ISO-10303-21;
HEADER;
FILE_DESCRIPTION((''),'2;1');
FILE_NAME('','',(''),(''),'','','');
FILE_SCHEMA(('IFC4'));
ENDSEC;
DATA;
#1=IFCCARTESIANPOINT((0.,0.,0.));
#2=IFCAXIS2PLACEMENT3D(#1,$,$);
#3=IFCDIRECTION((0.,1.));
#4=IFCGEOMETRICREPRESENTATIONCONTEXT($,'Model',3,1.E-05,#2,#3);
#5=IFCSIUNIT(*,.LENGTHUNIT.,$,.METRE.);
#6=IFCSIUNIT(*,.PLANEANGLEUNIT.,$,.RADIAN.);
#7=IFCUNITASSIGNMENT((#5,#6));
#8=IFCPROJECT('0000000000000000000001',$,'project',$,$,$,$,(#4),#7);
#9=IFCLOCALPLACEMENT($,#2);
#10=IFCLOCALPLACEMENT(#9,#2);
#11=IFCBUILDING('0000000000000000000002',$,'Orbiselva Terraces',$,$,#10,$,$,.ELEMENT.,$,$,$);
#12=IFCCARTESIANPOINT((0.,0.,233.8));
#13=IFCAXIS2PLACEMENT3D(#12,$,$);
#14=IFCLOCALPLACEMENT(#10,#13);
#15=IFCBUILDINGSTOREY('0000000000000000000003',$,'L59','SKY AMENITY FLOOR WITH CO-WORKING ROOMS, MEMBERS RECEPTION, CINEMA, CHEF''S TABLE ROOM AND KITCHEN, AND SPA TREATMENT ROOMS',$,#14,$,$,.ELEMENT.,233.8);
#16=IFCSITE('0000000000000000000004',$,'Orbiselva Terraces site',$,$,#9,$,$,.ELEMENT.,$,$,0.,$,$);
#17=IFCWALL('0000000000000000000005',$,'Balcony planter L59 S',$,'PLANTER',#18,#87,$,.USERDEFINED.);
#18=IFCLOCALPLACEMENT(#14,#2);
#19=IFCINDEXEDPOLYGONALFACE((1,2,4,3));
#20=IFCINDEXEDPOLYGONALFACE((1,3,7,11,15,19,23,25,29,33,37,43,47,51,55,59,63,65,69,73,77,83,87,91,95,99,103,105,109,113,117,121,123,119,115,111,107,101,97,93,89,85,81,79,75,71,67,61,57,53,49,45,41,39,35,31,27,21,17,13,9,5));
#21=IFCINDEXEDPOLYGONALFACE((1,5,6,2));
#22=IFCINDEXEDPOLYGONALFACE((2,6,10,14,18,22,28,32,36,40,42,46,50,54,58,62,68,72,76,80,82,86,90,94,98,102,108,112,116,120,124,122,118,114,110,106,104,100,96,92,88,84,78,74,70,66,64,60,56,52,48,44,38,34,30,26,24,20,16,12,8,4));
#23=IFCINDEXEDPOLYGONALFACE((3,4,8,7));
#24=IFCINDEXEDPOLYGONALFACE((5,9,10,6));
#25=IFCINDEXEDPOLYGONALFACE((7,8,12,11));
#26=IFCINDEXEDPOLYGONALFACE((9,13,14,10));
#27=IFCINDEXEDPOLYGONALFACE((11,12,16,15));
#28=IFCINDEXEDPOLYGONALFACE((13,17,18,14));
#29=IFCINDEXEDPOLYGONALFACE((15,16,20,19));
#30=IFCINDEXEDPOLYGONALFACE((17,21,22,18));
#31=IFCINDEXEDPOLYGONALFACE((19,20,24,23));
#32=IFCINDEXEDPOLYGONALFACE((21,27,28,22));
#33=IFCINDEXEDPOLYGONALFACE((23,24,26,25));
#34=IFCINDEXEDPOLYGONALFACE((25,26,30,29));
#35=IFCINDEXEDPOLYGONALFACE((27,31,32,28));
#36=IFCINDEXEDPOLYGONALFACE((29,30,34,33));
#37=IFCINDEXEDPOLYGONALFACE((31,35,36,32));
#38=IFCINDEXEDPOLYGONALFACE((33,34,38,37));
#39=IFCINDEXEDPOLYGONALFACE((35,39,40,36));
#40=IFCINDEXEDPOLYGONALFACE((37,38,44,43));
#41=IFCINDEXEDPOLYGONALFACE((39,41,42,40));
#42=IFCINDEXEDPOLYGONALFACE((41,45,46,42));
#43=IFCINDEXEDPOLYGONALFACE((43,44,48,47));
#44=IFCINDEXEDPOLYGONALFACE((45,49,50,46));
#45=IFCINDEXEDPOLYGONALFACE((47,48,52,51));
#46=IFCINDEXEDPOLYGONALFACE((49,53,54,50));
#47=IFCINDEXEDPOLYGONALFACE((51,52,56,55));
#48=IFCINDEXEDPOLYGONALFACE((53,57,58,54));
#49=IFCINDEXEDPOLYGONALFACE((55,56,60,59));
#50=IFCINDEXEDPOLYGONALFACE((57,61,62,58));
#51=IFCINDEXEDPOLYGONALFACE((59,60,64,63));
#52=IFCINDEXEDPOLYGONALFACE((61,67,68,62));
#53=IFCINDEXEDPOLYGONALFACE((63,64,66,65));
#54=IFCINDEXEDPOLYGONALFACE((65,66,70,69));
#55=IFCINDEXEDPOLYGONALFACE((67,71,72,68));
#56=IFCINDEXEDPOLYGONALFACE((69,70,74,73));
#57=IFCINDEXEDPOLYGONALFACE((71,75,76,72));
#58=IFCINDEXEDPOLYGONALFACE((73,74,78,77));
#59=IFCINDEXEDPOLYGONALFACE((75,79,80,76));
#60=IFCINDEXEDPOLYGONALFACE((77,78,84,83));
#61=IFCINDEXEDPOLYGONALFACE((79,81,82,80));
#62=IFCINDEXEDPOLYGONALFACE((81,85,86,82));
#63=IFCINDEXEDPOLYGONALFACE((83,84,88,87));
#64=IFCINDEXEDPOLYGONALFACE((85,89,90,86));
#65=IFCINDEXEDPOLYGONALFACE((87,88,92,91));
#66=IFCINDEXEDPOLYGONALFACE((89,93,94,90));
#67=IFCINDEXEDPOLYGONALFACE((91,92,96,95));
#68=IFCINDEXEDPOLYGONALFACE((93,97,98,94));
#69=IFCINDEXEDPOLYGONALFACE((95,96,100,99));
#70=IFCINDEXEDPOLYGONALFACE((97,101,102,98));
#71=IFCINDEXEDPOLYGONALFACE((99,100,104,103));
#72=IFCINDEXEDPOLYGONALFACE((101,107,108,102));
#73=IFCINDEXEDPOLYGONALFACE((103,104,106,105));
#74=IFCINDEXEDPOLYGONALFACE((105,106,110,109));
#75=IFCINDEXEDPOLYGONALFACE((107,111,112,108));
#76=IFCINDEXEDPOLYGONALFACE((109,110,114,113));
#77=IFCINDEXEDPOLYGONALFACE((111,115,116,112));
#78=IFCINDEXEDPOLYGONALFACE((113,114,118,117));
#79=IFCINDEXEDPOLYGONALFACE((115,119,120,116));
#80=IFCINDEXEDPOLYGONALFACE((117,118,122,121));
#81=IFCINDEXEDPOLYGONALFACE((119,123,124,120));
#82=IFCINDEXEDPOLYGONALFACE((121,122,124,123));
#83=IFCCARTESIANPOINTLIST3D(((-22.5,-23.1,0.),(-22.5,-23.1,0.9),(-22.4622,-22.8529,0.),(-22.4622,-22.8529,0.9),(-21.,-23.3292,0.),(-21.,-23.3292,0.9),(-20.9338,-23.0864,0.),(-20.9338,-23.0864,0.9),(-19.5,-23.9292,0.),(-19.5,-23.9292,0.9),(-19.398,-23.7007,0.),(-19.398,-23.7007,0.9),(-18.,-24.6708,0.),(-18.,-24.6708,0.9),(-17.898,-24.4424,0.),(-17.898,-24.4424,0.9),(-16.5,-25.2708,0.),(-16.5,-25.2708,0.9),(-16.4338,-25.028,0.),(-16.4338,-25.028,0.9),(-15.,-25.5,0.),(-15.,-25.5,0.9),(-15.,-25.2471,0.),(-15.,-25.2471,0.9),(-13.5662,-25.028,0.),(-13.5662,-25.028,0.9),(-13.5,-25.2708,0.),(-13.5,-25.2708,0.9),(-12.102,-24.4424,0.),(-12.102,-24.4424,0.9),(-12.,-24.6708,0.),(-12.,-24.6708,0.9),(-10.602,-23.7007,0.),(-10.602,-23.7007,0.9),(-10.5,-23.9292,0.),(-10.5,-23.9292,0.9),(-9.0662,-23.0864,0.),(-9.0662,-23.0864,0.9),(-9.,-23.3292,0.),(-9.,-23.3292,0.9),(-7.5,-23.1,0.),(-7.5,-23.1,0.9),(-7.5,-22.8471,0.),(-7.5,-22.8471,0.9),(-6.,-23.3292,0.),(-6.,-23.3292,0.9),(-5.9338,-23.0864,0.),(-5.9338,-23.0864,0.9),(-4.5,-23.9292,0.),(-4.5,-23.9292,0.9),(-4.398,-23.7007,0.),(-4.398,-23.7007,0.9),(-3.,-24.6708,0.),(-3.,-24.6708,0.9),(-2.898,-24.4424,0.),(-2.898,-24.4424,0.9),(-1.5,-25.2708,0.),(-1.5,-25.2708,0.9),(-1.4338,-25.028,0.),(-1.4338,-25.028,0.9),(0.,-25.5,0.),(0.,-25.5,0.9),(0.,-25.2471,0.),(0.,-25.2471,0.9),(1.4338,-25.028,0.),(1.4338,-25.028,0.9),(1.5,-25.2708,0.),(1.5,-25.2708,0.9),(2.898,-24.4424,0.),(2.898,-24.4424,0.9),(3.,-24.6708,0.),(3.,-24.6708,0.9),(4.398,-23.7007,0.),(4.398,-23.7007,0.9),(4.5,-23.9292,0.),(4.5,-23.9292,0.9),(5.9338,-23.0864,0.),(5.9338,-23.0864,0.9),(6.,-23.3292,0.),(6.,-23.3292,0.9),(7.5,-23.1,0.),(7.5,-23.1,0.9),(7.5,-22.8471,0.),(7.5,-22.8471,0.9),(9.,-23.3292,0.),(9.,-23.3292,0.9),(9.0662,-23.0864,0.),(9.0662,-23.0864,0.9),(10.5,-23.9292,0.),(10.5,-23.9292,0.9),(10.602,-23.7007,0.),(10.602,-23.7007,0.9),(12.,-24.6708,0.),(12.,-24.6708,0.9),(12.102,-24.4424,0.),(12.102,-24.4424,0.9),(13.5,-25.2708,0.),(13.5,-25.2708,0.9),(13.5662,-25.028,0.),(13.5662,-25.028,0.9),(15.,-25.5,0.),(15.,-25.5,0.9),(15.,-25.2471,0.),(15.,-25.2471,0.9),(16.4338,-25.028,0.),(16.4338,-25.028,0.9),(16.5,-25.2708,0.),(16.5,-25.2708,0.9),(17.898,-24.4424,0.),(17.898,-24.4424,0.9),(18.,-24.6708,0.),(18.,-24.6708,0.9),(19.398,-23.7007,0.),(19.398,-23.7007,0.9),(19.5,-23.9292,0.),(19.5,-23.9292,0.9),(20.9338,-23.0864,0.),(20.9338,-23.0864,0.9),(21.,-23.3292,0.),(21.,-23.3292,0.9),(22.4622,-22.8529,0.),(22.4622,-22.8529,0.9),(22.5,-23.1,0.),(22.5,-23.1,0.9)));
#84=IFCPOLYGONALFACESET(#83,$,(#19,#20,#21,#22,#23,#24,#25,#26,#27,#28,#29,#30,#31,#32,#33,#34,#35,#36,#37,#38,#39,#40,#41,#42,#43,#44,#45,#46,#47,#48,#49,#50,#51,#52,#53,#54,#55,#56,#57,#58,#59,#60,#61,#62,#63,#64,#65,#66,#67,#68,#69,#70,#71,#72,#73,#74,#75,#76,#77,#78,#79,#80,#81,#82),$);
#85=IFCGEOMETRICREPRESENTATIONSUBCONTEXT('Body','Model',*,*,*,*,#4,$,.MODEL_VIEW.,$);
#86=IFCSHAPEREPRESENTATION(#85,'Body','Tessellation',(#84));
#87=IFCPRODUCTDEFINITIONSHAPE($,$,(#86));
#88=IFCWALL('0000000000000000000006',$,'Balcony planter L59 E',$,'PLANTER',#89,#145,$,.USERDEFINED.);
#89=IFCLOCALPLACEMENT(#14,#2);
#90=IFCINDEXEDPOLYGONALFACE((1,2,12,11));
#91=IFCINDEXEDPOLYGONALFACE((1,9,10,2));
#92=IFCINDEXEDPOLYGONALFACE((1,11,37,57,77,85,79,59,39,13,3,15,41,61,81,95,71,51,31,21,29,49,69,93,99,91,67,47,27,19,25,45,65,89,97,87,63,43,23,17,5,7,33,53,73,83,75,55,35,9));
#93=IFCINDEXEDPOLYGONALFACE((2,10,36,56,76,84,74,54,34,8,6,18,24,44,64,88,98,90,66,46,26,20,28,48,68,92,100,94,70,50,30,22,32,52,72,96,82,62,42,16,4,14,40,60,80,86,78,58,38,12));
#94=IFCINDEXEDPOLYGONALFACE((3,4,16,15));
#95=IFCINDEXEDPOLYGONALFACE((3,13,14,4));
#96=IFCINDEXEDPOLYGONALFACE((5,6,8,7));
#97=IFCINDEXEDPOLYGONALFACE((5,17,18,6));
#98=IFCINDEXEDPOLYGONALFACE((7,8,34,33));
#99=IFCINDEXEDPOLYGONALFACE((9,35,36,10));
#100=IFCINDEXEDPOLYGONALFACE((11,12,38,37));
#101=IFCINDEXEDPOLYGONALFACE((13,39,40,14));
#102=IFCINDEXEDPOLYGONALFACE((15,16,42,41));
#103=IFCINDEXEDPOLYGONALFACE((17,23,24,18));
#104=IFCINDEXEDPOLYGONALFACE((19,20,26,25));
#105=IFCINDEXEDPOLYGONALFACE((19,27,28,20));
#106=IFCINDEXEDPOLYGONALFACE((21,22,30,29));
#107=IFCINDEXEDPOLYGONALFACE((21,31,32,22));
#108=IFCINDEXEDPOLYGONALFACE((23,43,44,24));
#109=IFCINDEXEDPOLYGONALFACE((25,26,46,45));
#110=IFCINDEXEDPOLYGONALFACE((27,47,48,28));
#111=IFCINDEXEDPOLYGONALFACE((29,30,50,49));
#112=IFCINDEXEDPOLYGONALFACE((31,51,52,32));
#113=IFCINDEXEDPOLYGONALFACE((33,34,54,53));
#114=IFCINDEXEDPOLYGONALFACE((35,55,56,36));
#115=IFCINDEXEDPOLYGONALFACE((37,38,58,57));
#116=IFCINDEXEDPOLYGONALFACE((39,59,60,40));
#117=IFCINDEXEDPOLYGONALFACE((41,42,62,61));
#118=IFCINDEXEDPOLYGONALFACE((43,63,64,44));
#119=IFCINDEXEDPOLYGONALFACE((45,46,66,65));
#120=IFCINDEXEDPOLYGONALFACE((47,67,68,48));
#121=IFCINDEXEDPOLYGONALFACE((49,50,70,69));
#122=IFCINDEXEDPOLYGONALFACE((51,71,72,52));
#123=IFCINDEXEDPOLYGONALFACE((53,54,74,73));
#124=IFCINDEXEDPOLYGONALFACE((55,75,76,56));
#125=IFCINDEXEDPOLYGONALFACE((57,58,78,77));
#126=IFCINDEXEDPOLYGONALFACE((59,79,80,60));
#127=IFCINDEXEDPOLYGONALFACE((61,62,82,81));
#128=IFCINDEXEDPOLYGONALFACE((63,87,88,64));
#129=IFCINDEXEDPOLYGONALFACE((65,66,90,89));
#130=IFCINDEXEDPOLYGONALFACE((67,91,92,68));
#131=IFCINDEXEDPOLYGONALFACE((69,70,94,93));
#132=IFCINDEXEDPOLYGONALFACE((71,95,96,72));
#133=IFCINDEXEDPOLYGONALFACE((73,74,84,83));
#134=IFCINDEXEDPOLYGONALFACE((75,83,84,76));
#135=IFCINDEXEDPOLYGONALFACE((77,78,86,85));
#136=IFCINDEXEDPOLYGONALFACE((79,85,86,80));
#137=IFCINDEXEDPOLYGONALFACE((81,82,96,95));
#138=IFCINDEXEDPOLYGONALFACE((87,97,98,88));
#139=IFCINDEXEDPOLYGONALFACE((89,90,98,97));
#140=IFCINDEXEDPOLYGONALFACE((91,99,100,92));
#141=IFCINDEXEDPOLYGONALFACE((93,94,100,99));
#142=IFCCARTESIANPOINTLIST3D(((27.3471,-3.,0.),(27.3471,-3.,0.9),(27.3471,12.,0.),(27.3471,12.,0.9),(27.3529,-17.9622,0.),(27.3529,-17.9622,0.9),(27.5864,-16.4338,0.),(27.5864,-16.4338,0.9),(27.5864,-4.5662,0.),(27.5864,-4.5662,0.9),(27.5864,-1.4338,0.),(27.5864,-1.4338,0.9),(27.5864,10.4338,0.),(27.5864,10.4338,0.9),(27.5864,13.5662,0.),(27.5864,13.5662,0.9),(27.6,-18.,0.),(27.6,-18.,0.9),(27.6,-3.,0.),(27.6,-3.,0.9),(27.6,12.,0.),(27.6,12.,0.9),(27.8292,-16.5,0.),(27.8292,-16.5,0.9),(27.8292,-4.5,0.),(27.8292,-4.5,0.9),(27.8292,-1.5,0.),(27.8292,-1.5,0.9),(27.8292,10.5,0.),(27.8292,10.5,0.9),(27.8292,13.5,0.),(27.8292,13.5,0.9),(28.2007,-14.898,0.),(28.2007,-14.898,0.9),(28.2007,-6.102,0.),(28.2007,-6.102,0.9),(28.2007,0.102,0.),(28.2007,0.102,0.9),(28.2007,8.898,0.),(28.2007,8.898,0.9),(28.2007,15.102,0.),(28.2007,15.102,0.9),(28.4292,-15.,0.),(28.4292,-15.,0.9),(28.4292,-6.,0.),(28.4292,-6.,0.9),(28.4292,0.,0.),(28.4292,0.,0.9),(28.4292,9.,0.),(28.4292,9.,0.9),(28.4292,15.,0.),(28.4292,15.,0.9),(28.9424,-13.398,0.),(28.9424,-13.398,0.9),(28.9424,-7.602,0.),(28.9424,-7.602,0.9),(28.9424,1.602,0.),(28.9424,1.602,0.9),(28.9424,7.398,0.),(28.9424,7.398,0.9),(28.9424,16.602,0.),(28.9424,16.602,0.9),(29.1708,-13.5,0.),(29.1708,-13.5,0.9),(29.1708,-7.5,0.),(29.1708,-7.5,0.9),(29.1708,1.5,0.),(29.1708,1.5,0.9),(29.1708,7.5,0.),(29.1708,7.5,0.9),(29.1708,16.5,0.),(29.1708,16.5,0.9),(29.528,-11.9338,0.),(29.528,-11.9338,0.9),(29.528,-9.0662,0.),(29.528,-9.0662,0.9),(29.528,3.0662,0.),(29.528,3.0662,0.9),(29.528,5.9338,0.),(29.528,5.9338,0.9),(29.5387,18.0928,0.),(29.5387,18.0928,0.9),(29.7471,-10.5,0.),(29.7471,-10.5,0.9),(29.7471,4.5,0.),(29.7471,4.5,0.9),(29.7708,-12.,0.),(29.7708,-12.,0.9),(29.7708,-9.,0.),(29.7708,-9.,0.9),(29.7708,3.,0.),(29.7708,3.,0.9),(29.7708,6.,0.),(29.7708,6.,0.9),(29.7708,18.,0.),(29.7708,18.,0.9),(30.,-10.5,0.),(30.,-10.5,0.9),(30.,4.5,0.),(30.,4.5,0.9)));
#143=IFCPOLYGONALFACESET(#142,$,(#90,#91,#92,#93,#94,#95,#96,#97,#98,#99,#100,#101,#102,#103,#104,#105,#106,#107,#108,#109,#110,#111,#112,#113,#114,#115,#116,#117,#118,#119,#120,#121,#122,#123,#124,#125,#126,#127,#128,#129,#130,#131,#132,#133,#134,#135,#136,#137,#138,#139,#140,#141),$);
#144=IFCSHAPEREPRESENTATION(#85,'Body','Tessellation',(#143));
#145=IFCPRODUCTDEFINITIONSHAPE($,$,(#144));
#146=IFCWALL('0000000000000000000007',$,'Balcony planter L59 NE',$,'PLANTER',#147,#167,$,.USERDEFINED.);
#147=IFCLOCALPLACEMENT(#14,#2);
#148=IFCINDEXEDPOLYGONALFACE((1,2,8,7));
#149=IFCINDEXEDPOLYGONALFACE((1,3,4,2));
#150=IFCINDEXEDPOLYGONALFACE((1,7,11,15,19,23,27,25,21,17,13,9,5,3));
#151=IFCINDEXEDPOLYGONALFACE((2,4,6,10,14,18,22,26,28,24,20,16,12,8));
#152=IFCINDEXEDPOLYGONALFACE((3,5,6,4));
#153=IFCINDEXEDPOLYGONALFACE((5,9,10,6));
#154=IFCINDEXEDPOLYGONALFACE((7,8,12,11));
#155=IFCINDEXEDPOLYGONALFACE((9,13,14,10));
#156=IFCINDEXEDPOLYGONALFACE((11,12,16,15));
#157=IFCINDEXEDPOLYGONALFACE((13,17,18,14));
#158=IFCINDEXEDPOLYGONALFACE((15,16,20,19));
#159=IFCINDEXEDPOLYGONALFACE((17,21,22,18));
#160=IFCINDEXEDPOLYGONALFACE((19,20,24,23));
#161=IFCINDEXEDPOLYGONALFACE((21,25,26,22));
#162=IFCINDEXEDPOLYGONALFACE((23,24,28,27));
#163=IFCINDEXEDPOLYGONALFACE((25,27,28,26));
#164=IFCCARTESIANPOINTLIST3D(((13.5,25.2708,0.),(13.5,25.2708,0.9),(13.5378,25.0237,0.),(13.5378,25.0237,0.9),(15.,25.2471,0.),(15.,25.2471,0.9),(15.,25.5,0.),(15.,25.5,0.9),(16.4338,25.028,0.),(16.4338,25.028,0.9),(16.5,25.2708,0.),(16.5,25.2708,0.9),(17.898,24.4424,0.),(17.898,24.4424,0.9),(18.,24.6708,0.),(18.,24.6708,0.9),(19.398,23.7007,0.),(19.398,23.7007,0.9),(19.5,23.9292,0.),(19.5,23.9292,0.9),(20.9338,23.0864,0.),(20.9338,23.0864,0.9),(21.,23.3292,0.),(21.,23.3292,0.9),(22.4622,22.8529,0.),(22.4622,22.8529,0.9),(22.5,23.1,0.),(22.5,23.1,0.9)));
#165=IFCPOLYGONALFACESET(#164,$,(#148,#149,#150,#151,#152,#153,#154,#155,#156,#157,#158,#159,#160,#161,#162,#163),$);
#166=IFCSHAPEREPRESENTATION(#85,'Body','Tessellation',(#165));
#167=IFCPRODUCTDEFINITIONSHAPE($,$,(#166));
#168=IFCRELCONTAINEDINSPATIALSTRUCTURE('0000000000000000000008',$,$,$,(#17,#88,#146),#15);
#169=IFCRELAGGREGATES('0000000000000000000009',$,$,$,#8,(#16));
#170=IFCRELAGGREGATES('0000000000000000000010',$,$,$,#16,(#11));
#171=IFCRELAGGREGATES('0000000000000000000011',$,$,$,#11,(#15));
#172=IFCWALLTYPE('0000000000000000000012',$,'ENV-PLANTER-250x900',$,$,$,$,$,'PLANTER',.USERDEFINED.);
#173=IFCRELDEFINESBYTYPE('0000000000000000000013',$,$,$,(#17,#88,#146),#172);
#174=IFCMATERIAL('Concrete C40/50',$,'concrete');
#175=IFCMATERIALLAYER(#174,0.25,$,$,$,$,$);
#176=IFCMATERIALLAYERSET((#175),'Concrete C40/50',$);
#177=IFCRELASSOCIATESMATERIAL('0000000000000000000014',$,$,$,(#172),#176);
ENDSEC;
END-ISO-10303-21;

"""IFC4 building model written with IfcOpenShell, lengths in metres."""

from ifc_helpers import new_model, si_unit, direction, frame, origin, place, context, subcontext, project, spatial, polyline, outline, extrude, material, layer, layer_set, type_object, element, save


model = new_model("IFC4")

# Units and contexts
model_context = context("Model", 3, precision=1e-05, world=origin(), true_north=direction((0.0, 1.0)))
body_context = subcontext(model_context, "Body", "Model", "MODEL_VIEW")
ifc_project = project(units=[si_unit("LENGTHUNIT", "METRE"), si_unit("PLANEANGLEUNIT", "RADIAN")], contexts=[model_context])

# Site, building, storey
site_placement = place(None, origin())
site = spatial("IfcSite", under=ifc_project, at=site_placement, Name="Orbiselva Terraces site", CompositionType="ELEMENT", RefElevation=0.0)
building_placement = place(site_placement, origin())
building = spatial("IfcBuilding", under=site, at=building_placement, Name="Orbiselva Terraces", CompositionType="ELEMENT")
storey_placement = place(building_placement, frame((0.0, 0.0, 233.8)))
storey = spatial("IfcBuildingStorey", under=building, at=storey_placement, Name="L59", Description="SKY AMENITY FLOOR WITH CO-WORKING ROOMS, MEMBERS RECEPTION, CINEMA, CHEF'S TABLE ROOM AND KITCHEN, AND SPA TREATMENT ROOMS", CompositionType="ELEMENT", Elevation=233.8)

# Shared definitions
ifc_material_1 = material(Name="Concrete C40/50", Category="concrete")

# Walls
ifc_layer_1 = layer(ifc_material_1, 0.25)
ifc_layer_set_1 = layer_set([ifc_layer_1], Name="Concrete C40/50")
wall_type_1 = type_object("IfcWallType", Name="ENV-PLANTER-250x900", ElementType="PLANTER", PredefinedType="USERDEFINED", material=ifc_layer_set_1)
wall_1_placement = place(storey_placement, origin())
element("IfcWall", 1, at=wall_1_placement, inside=storey, type_object=wall_type_1, Name="Balcony planter L59 S", ObjectType="PLANTER", PredefinedType="USERDEFINED", context=body_context, shape_type="SweptSolid", body=[
    extrude(outline(polyline([(-22.5, -23.1), (-21.0, -23.3292), (-19.5, -23.9292), (-18.0, -24.6708), (-16.5, -25.2708), (-15.0, -25.5), (-13.5, -25.2708), (-12.0, -24.6708), (-10.5, -23.9292), (-9.0, -23.3292), (-7.5, -23.1), (-6.0, -23.3292), (-4.5, -23.9292), (-3.0, -24.6708), (-1.5, -25.2708), (0.0, -25.5), (1.5, -25.2708), (3.0, -24.6708), (4.5, -23.9292), (6.0, -23.3292), (7.5, -23.1), (9.0, -23.3292), (10.5, -23.9292), (12.0, -24.6708), (13.5, -25.2708), (15.0, -25.5), (16.5, -25.2708), (18.0, -24.6708), (19.5, -23.9292), (21.0, -23.3292), (22.5, -23.1), (22.4622, -22.8529), (20.9338, -23.0864), (19.398, -23.7007), (17.898, -24.4424), (16.4338, -25.028), (15.0, -25.2471), (13.5662, -25.028), (12.102, -24.4424), (10.602, -23.7007), (9.0662, -23.0864), (7.5, -22.8471), (5.9338, -23.0864), (4.398, -23.7007), (2.898, -24.4424), (1.4338, -25.028), (0.0, -25.2471), (-1.4338, -25.028), (-2.898, -24.4424), (-4.398, -23.7007), (-5.9338, -23.0864), (-7.5, -22.8471), (-9.0662, -23.0864), (-10.602, -23.7007), (-12.102, -24.4424), (-13.5662, -25.028), (-15.0, -25.2471), (-16.4338, -25.028), (-17.898, -24.4424), (-19.398, -23.7007), (-20.9338, -23.0864), (-22.4622, -22.8529), (-22.5, -23.1)])), origin(), (0.0, 0.0, 1.0), 0.9),
])
wall_2_placement = place(storey_placement, origin())
element("IfcWall", 2, at=wall_2_placement, inside=storey, type_object=wall_type_1, Name="Balcony planter L59 E", ObjectType="PLANTER", PredefinedType="USERDEFINED", context=body_context, shape_type="SweptSolid", body=[
    extrude(outline(polyline([(27.6, -18.0), (27.8292, -16.5), (28.4292, -15.0), (29.1708, -13.5), (29.7708, -12.0), (30.0, -10.5), (29.7708, -9.0), (29.1708, -7.5), (28.4292, -6.0), (27.8292, -4.5), (27.6, -3.0), (27.8292, -1.5), (28.4292, 0.0), (29.1708, 1.5), (29.7708, 3.0), (30.0, 4.5), (29.7708, 6.0), (29.1708, 7.5), (28.4292, 9.0), (27.8292, 10.5), (27.6, 12.0), (27.8292, 13.5), (28.4292, 15.0), (29.1708, 16.5), (29.7708, 18.0), (29.5387, 18.0928), (28.9424, 16.602), (28.2007, 15.102), (27.5864, 13.5662), (27.3471, 12.0), (27.5864, 10.4338), (28.2007, 8.898), (28.9424, 7.398), (29.528, 5.9338), (29.7471, 4.5), (29.528, 3.0662), (28.9424, 1.602), (28.2007, 0.102), (27.5864, -1.4338), (27.3471, -3.0), (27.5864, -4.5662), (28.2007, -6.102), (28.9424, -7.602), (29.528, -9.0662), (29.7471, -10.5), (29.528, -11.9338), (28.9424, -13.398), (28.2007, -14.898), (27.5864, -16.4338), (27.3529, -17.9622), (27.6, -18.0)])), origin(), (0.0, 0.0, 1.0), 0.9),
])
wall_3_placement = place(storey_placement, origin())
element("IfcWall", 3, at=wall_3_placement, inside=storey, type_object=wall_type_1, Name="Balcony planter L59 NE", ObjectType="PLANTER", PredefinedType="USERDEFINED", context=body_context, shape_type="SweptSolid", body=[
    extrude(outline(polyline([(22.5, 23.1), (21.0, 23.3292), (19.5, 23.9292), (18.0, 24.6708), (16.5, 25.2708), (15.0, 25.5), (13.5, 25.2708), (13.5378, 25.0237), (15.0, 25.2471), (16.4338, 25.028), (17.898, 24.4424), (19.398, 23.7007), (20.9338, 23.0864), (22.4622, 22.8529), (22.5, 23.1)])), origin(), (0.0, 0.0, 1.0), 0.9),
])

save(model, "model.ifc")
